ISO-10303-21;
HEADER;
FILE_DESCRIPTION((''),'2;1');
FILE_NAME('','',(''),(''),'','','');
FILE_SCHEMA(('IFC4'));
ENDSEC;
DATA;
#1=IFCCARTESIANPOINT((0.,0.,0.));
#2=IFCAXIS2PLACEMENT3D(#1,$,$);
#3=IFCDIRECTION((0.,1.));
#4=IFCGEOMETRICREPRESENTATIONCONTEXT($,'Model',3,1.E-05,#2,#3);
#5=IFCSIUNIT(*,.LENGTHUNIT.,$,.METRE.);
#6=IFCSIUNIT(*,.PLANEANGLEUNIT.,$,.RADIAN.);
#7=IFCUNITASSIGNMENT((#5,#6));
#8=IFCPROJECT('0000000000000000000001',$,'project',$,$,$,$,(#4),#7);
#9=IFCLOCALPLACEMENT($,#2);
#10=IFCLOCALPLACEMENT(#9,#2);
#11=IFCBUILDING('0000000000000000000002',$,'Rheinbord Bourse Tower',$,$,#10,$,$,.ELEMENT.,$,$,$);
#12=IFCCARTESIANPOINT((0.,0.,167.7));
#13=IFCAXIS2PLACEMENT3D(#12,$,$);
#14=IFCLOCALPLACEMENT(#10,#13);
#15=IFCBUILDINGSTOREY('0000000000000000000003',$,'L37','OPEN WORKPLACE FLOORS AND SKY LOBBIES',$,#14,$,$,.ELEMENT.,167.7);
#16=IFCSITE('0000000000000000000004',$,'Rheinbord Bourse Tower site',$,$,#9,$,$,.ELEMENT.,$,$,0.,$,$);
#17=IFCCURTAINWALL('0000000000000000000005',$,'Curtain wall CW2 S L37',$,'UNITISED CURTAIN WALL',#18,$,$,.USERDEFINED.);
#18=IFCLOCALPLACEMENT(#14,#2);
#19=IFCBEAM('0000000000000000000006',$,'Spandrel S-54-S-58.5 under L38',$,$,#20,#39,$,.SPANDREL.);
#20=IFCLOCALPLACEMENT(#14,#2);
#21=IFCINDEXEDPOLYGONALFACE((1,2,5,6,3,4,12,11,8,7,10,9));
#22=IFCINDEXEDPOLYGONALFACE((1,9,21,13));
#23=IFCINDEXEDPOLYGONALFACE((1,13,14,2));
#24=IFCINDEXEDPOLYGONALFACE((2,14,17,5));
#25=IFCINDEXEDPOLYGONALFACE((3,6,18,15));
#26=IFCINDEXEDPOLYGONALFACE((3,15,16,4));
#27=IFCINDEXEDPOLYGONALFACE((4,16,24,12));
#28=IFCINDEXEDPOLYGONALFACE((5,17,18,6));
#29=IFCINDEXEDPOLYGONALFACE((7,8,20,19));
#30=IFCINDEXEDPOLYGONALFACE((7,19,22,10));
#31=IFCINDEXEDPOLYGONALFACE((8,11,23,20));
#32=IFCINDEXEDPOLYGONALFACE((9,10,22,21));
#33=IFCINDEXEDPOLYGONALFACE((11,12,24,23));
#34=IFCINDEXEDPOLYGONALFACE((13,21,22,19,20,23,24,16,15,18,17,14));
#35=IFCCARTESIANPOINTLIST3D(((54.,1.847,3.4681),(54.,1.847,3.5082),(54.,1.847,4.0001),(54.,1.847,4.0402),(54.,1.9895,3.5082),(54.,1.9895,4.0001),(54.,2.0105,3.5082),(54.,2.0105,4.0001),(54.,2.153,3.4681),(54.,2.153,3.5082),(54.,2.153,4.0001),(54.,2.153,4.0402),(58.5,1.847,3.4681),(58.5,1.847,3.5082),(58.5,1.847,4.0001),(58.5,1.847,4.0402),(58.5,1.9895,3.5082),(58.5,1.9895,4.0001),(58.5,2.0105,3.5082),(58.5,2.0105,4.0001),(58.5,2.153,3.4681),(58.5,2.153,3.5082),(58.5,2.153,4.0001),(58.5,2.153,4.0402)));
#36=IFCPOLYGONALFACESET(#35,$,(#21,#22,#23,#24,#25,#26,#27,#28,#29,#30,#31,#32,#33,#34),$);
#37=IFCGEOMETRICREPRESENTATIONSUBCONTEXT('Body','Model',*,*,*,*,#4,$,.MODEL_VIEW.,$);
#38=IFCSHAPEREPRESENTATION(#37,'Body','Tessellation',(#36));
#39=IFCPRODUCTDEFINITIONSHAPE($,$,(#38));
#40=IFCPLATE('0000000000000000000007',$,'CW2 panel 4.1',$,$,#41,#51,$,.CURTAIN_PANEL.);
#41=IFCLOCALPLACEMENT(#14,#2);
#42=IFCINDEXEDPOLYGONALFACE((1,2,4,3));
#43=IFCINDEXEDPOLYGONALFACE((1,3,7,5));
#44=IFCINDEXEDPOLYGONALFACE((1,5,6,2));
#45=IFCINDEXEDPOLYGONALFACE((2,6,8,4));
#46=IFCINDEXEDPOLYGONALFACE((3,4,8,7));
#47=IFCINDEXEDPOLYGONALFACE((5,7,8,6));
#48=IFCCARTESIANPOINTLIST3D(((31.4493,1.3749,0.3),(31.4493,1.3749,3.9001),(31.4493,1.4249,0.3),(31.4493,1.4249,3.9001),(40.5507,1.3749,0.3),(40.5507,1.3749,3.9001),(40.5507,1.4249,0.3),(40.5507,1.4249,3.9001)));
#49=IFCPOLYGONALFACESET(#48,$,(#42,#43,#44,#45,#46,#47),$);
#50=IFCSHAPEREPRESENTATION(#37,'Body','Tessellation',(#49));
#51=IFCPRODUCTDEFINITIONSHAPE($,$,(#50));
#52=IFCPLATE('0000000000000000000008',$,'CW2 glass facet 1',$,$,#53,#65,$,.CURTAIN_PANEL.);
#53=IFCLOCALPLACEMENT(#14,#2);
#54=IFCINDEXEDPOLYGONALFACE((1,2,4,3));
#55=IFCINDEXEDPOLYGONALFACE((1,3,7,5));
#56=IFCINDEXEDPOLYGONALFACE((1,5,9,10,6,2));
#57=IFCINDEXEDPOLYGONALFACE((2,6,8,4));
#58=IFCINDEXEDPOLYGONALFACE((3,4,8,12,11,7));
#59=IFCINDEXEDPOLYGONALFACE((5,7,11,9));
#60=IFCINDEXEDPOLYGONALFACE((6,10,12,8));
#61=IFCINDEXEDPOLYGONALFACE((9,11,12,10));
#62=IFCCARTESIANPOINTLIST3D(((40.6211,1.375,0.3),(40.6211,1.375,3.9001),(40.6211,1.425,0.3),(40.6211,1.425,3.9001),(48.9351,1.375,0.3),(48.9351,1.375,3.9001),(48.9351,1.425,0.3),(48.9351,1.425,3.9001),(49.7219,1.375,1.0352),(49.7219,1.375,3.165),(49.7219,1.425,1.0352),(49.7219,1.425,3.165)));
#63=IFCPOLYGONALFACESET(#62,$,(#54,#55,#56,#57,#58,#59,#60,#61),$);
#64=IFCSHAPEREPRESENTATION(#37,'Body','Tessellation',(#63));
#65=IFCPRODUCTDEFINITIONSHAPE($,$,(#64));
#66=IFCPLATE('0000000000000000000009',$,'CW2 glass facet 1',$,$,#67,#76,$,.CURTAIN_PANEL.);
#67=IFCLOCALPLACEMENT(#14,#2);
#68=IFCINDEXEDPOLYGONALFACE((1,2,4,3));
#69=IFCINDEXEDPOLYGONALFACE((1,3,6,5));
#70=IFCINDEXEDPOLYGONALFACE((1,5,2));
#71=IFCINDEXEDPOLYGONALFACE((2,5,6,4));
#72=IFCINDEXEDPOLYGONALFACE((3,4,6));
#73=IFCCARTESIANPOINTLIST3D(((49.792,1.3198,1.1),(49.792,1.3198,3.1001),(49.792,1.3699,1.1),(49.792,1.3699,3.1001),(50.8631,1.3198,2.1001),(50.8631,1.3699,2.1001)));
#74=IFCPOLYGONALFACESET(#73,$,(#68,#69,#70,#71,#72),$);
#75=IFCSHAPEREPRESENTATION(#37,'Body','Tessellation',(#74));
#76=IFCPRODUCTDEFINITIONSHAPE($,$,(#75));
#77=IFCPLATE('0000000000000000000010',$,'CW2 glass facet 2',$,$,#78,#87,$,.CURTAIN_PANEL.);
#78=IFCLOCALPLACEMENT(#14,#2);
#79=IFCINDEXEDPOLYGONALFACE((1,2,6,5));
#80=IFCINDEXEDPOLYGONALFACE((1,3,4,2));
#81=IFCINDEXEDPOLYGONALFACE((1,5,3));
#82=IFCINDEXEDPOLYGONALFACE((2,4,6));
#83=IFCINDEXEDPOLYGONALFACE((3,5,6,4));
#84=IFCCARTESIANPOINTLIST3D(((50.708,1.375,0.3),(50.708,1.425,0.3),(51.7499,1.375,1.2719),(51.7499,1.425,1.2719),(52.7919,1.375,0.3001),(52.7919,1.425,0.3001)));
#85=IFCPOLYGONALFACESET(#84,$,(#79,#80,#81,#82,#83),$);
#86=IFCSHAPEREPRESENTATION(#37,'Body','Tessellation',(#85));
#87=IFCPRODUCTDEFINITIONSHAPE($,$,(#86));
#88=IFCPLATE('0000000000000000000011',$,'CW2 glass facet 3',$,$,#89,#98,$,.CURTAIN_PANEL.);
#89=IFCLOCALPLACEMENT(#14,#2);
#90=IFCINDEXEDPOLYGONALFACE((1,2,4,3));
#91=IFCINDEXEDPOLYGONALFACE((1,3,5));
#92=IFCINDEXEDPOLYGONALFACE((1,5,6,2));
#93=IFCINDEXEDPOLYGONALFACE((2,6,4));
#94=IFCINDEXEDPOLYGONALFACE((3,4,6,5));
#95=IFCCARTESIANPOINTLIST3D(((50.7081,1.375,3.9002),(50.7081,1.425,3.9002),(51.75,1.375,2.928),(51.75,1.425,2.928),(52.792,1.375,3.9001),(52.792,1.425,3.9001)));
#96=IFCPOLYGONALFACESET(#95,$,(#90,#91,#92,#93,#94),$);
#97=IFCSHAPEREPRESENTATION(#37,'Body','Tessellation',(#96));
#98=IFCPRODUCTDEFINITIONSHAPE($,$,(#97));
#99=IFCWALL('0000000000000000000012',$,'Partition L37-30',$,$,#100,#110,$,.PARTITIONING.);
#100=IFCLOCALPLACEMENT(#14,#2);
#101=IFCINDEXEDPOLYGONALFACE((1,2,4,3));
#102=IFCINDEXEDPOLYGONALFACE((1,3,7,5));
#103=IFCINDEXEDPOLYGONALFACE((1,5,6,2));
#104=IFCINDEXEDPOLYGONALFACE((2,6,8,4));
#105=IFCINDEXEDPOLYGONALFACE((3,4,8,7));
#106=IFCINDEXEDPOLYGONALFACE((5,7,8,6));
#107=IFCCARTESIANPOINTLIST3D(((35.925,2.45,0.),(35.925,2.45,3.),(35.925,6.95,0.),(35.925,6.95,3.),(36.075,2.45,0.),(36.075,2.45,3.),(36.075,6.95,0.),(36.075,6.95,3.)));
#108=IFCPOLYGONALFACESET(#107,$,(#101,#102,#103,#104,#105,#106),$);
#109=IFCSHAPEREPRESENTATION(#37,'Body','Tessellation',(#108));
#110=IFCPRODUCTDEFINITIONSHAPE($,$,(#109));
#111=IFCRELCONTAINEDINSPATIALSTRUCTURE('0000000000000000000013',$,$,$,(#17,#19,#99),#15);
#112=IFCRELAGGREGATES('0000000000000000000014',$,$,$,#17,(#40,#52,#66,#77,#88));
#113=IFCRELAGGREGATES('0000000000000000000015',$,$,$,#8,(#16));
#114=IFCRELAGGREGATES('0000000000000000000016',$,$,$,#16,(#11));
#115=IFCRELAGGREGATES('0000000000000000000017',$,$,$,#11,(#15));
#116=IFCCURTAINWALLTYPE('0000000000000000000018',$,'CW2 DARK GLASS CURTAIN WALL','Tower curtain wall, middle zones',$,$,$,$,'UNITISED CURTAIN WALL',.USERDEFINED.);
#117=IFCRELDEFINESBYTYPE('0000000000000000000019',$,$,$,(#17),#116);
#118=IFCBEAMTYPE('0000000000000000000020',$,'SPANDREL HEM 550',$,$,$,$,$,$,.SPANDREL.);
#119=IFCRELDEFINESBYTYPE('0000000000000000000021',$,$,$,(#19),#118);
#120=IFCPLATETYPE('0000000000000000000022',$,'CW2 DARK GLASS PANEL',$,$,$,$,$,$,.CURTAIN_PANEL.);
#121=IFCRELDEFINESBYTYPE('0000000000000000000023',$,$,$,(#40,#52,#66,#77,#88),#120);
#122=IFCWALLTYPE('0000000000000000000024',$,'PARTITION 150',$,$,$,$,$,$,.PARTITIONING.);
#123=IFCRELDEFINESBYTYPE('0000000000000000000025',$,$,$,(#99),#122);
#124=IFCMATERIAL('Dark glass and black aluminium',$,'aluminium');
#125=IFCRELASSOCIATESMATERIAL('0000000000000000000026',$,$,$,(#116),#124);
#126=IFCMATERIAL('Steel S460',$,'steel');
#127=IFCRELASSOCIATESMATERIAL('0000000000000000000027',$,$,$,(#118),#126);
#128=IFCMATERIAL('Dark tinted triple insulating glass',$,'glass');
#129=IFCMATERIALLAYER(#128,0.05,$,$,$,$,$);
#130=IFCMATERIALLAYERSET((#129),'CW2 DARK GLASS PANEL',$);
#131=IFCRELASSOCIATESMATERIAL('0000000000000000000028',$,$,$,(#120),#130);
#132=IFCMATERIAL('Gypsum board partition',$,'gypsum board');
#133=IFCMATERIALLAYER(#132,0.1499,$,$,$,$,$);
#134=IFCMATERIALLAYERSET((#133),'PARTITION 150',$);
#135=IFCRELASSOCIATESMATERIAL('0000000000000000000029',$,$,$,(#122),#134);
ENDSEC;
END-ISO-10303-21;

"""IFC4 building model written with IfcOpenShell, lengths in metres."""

from ifc_helpers import new_model, si_unit, direction, frame, frame_2d, origin, origin_2d, place, context, subcontext, project, spatial, polyline, rectangle, i_section, outline, extrude, material, layer, layer_set, material_profile, profile_set, type_object, element, aggregate, save


model = new_model("IFC4")

# Units and contexts
model_context = context("Model", 3, precision=1e-05, world=origin(), true_north=direction((0.0, 1.0)))
body_context = subcontext(model_context, "Body", "Model", "MODEL_VIEW")
ifc_project = project(units=[si_unit("LENGTHUNIT", "METRE"), si_unit("PLANEANGLEUNIT", "RADIAN")], contexts=[model_context])

# Site, building, storey
site_placement = place(None, origin())
site = spatial("IfcSite", under=ifc_project, at=site_placement, Name="Rheinbord Bourse Tower site", CompositionType="ELEMENT", RefElevation=0.0)
building_placement = place(site_placement, origin())
building = spatial("IfcBuilding", under=site, at=building_placement, Name="Rheinbord Bourse Tower", CompositionType="ELEMENT")
storey_placement = place(building_placement, frame((0.0, 0.0, 167.7)))
storey = spatial("IfcBuildingStorey", under=building, at=storey_placement, Name="L37", Description="OPEN WORKPLACE FLOORS AND SKY LOBBIES", CompositionType="ELEMENT", Elevation=167.7)

# Curtain wall
ifc_material_1 = material(Name="Dark glass and black aluminium", Category="aluminium")
curtain_wall_type = type_object("IfcCurtainWallType", Name="CW2 DARK GLASS CURTAIN WALL", Description="Tower curtain wall, middle zones", ElementType="UNITISED CURTAIN WALL", PredefinedType="USERDEFINED", material=ifc_material_1)
curtain_wall_placement = place(storey_placement, origin())
curtain_wall = element("IfcCurtainWall", 1, at=curtain_wall_placement, inside=storey, type_object=curtain_wall_type, Name="Curtain wall CW2 S L37", ObjectType="UNITISED CURTAIN WALL", PredefinedType="USERDEFINED")

# Beam
ifc_material_2 = material(Name="Steel S460", Category="steel")
ifc_material_profile_1 = material_profile(ifc_material_2, i_section(OverallWidth=0.3059, OverallDepth=0.572, WebThickness=0.021, FlangeThickness=0.04, at=origin_2d()), Name="HEM 550")
ifc_profile_set_1 = profile_set([ifc_material_profile_1], Name="Steel S460")
beam_type_1 = type_object("IfcBeamType", Name="SPANDREL HEM 550", PredefinedType="SPANDREL", material=ifc_profile_set_1)
for number, where, z_axis, x_axis, name in (
    (2, (54.0, 2.0, 3.7542), (1.0, 0.0, 0.0), (0.0, 1.0, 0.0), "Spandrel S-54-S-58.5 under L38"),
):
    element("IfcBeam", number, at=place(storey_placement, frame(where, z_axis=z_axis, x_axis=x_axis)), inside=storey, type_object=beam_type_1, Name=name, PredefinedType="SPANDREL", context=body_context, shape_type="SweptSolid", body=[
        extrude(i_section(OverallWidth=0.3059, OverallDepth=0.572, WebThickness=0.021, FlangeThickness=0.04, at=origin_2d()), origin(), (0.0, 0.0, 1.0), 4.5),
    ])

# Plates
ifc_material_3 = material(Name="Dark tinted triple insulating glass", Category="glass")
ifc_layer_1 = layer(ifc_material_3, 0.05)
ifc_layer_set_1 = layer_set([ifc_layer_1], Name="CW2 DARK GLASS PANEL")
plate_type = type_object("IfcPlateType", Name="CW2 DARK GLASS PANEL", PredefinedType="CURTAIN_PANEL", material=ifc_layer_set_1)
plate_1_placement = place(storey_placement, frame((36.0, 1.3999, 0.3), z_axis=(0.0, 0.0, 1.0), x_axis=(1.0, 0.0, 0.0)))
plate_1 = element("IfcPlate", 3, at=plate_1_placement, type_object=plate_type, Name="CW2 panel 4.1", PredefinedType="CURTAIN_PANEL", context=body_context, shape_type="SweptSolid", body=[
    extrude(rectangle(XDim=9.1013, YDim=0.05, at=origin_2d()), origin(), (0.0, 0.0, 1.0), 3.6001),
])
plate_2_placement = place(storey_placement, frame((40.6211, 1.375, 0.3), z_axis=(0.0, 1.0, 0.0), x_axis=(0.0, 0.0, 1.0)))
plate_2 = element("IfcPlate", 4, at=plate_2_placement, type_object=plate_type, Name="CW2 glass facet 1", PredefinedType="CURTAIN_PANEL", context=body_context, shape_type="SweptSolid", body=[
    extrude(outline(polyline([(0.0, 0.0), (3.6001, 0.0), (3.6001, 8.314), (2.865, 9.1008), (0.7351, 9.1008), (0.0, 8.314), (0.0, 0.0)])), origin(), (0.0, 0.0, 1.0), 0.05),
])
plate_3_placement = place(storey_placement, frame((49.792, 1.3198, 3.1001), z_axis=(0.0, 1.0, 0.0), x_axis=(0.730933, 0.0, -0.682449)))
plate_3 = element("IfcPlate", 5, at=plate_3_placement, type_object=plate_type, Name="CW2 glass facet 1", PredefinedType="CURTAIN_PANEL", context=body_context, shape_type="SweptSolid", body=[
    extrude(outline(polyline([(0.0, 0.0), (1.4653, 0.0), (1.365, 1.4619), (0.0, 0.0)])), origin(), (0.0, 0.0, 1.0), 0.05),
])
plate_4_placement = place(storey_placement, frame((50.708, 1.375, 0.3), z_axis=(0.0, 1.0, 0.0), x_axis=(0.731266, 0.0, 0.682092)))
plate_4 = element("IfcPlate", 6, at=plate_4_placement, type_object=plate_type, Name="CW2 glass facet 2", PredefinedType="CURTAIN_PANEL", context=body_context, shape_type="SweptSolid", body=[
    extrude(outline(polyline([(0.0, 0.0), (1.4248, 0.0), (1.5239, 1.4214), (0.0, 0.0)])), origin(), (0.0, 0.0, 1.0), 0.05),
])
plate_5_placement = place(storey_placement, frame((52.792, 1.375, 3.9001), z_axis=(0.0, 1.0, 0.0), x_axis=(-0.731181, 0.0, -0.682184)))
plate_5 = element("IfcPlate", 7, at=plate_5_placement, type_object=plate_type, Name="CW2 glass facet 3", PredefinedType="CURTAIN_PANEL", context=body_context, shape_type="SweptSolid", body=[
    extrude(outline(polyline([(0.0, 0.0), (1.425, 0.0), (1.5237, 1.4216), (0.0, 0.0)])), origin(), (0.0, 0.0, 1.0), 0.05),
])
aggregate(curtain_wall, [plate_1, plate_2, plate_3, plate_4, plate_5])

# Wall
ifc_material_4 = material(Name="Gypsum board partition", Category="gypsum board")
ifc_layer_2 = layer(ifc_material_4, 0.1499)
ifc_layer_set_2 = layer_set([ifc_layer_2], Name="PARTITION 150")
wall_type = type_object("IfcWallType", Name="PARTITION 150", PredefinedType="PARTITIONING", material=ifc_layer_set_2)
wall_placement = place(storey_placement, frame((36.0, 2.45, 0.0), z_axis=(0.0, 0.0, 1.0), x_axis=(0.0, 1.0, 0.0)))
element("IfcWall", 8, at=wall_placement, inside=storey, type_object=wall_type, Name="Partition L37-30", PredefinedType="PARTITIONING", context=body_context, shape_type="SweptSolid", body=[
    extrude(rectangle(XDim=4.5, YDim=0.1499, at=frame_2d((2.25, 0.0))), origin(), (0.0, 0.0, 1.0), 3.0),
])

save(model, "model.ifc")
